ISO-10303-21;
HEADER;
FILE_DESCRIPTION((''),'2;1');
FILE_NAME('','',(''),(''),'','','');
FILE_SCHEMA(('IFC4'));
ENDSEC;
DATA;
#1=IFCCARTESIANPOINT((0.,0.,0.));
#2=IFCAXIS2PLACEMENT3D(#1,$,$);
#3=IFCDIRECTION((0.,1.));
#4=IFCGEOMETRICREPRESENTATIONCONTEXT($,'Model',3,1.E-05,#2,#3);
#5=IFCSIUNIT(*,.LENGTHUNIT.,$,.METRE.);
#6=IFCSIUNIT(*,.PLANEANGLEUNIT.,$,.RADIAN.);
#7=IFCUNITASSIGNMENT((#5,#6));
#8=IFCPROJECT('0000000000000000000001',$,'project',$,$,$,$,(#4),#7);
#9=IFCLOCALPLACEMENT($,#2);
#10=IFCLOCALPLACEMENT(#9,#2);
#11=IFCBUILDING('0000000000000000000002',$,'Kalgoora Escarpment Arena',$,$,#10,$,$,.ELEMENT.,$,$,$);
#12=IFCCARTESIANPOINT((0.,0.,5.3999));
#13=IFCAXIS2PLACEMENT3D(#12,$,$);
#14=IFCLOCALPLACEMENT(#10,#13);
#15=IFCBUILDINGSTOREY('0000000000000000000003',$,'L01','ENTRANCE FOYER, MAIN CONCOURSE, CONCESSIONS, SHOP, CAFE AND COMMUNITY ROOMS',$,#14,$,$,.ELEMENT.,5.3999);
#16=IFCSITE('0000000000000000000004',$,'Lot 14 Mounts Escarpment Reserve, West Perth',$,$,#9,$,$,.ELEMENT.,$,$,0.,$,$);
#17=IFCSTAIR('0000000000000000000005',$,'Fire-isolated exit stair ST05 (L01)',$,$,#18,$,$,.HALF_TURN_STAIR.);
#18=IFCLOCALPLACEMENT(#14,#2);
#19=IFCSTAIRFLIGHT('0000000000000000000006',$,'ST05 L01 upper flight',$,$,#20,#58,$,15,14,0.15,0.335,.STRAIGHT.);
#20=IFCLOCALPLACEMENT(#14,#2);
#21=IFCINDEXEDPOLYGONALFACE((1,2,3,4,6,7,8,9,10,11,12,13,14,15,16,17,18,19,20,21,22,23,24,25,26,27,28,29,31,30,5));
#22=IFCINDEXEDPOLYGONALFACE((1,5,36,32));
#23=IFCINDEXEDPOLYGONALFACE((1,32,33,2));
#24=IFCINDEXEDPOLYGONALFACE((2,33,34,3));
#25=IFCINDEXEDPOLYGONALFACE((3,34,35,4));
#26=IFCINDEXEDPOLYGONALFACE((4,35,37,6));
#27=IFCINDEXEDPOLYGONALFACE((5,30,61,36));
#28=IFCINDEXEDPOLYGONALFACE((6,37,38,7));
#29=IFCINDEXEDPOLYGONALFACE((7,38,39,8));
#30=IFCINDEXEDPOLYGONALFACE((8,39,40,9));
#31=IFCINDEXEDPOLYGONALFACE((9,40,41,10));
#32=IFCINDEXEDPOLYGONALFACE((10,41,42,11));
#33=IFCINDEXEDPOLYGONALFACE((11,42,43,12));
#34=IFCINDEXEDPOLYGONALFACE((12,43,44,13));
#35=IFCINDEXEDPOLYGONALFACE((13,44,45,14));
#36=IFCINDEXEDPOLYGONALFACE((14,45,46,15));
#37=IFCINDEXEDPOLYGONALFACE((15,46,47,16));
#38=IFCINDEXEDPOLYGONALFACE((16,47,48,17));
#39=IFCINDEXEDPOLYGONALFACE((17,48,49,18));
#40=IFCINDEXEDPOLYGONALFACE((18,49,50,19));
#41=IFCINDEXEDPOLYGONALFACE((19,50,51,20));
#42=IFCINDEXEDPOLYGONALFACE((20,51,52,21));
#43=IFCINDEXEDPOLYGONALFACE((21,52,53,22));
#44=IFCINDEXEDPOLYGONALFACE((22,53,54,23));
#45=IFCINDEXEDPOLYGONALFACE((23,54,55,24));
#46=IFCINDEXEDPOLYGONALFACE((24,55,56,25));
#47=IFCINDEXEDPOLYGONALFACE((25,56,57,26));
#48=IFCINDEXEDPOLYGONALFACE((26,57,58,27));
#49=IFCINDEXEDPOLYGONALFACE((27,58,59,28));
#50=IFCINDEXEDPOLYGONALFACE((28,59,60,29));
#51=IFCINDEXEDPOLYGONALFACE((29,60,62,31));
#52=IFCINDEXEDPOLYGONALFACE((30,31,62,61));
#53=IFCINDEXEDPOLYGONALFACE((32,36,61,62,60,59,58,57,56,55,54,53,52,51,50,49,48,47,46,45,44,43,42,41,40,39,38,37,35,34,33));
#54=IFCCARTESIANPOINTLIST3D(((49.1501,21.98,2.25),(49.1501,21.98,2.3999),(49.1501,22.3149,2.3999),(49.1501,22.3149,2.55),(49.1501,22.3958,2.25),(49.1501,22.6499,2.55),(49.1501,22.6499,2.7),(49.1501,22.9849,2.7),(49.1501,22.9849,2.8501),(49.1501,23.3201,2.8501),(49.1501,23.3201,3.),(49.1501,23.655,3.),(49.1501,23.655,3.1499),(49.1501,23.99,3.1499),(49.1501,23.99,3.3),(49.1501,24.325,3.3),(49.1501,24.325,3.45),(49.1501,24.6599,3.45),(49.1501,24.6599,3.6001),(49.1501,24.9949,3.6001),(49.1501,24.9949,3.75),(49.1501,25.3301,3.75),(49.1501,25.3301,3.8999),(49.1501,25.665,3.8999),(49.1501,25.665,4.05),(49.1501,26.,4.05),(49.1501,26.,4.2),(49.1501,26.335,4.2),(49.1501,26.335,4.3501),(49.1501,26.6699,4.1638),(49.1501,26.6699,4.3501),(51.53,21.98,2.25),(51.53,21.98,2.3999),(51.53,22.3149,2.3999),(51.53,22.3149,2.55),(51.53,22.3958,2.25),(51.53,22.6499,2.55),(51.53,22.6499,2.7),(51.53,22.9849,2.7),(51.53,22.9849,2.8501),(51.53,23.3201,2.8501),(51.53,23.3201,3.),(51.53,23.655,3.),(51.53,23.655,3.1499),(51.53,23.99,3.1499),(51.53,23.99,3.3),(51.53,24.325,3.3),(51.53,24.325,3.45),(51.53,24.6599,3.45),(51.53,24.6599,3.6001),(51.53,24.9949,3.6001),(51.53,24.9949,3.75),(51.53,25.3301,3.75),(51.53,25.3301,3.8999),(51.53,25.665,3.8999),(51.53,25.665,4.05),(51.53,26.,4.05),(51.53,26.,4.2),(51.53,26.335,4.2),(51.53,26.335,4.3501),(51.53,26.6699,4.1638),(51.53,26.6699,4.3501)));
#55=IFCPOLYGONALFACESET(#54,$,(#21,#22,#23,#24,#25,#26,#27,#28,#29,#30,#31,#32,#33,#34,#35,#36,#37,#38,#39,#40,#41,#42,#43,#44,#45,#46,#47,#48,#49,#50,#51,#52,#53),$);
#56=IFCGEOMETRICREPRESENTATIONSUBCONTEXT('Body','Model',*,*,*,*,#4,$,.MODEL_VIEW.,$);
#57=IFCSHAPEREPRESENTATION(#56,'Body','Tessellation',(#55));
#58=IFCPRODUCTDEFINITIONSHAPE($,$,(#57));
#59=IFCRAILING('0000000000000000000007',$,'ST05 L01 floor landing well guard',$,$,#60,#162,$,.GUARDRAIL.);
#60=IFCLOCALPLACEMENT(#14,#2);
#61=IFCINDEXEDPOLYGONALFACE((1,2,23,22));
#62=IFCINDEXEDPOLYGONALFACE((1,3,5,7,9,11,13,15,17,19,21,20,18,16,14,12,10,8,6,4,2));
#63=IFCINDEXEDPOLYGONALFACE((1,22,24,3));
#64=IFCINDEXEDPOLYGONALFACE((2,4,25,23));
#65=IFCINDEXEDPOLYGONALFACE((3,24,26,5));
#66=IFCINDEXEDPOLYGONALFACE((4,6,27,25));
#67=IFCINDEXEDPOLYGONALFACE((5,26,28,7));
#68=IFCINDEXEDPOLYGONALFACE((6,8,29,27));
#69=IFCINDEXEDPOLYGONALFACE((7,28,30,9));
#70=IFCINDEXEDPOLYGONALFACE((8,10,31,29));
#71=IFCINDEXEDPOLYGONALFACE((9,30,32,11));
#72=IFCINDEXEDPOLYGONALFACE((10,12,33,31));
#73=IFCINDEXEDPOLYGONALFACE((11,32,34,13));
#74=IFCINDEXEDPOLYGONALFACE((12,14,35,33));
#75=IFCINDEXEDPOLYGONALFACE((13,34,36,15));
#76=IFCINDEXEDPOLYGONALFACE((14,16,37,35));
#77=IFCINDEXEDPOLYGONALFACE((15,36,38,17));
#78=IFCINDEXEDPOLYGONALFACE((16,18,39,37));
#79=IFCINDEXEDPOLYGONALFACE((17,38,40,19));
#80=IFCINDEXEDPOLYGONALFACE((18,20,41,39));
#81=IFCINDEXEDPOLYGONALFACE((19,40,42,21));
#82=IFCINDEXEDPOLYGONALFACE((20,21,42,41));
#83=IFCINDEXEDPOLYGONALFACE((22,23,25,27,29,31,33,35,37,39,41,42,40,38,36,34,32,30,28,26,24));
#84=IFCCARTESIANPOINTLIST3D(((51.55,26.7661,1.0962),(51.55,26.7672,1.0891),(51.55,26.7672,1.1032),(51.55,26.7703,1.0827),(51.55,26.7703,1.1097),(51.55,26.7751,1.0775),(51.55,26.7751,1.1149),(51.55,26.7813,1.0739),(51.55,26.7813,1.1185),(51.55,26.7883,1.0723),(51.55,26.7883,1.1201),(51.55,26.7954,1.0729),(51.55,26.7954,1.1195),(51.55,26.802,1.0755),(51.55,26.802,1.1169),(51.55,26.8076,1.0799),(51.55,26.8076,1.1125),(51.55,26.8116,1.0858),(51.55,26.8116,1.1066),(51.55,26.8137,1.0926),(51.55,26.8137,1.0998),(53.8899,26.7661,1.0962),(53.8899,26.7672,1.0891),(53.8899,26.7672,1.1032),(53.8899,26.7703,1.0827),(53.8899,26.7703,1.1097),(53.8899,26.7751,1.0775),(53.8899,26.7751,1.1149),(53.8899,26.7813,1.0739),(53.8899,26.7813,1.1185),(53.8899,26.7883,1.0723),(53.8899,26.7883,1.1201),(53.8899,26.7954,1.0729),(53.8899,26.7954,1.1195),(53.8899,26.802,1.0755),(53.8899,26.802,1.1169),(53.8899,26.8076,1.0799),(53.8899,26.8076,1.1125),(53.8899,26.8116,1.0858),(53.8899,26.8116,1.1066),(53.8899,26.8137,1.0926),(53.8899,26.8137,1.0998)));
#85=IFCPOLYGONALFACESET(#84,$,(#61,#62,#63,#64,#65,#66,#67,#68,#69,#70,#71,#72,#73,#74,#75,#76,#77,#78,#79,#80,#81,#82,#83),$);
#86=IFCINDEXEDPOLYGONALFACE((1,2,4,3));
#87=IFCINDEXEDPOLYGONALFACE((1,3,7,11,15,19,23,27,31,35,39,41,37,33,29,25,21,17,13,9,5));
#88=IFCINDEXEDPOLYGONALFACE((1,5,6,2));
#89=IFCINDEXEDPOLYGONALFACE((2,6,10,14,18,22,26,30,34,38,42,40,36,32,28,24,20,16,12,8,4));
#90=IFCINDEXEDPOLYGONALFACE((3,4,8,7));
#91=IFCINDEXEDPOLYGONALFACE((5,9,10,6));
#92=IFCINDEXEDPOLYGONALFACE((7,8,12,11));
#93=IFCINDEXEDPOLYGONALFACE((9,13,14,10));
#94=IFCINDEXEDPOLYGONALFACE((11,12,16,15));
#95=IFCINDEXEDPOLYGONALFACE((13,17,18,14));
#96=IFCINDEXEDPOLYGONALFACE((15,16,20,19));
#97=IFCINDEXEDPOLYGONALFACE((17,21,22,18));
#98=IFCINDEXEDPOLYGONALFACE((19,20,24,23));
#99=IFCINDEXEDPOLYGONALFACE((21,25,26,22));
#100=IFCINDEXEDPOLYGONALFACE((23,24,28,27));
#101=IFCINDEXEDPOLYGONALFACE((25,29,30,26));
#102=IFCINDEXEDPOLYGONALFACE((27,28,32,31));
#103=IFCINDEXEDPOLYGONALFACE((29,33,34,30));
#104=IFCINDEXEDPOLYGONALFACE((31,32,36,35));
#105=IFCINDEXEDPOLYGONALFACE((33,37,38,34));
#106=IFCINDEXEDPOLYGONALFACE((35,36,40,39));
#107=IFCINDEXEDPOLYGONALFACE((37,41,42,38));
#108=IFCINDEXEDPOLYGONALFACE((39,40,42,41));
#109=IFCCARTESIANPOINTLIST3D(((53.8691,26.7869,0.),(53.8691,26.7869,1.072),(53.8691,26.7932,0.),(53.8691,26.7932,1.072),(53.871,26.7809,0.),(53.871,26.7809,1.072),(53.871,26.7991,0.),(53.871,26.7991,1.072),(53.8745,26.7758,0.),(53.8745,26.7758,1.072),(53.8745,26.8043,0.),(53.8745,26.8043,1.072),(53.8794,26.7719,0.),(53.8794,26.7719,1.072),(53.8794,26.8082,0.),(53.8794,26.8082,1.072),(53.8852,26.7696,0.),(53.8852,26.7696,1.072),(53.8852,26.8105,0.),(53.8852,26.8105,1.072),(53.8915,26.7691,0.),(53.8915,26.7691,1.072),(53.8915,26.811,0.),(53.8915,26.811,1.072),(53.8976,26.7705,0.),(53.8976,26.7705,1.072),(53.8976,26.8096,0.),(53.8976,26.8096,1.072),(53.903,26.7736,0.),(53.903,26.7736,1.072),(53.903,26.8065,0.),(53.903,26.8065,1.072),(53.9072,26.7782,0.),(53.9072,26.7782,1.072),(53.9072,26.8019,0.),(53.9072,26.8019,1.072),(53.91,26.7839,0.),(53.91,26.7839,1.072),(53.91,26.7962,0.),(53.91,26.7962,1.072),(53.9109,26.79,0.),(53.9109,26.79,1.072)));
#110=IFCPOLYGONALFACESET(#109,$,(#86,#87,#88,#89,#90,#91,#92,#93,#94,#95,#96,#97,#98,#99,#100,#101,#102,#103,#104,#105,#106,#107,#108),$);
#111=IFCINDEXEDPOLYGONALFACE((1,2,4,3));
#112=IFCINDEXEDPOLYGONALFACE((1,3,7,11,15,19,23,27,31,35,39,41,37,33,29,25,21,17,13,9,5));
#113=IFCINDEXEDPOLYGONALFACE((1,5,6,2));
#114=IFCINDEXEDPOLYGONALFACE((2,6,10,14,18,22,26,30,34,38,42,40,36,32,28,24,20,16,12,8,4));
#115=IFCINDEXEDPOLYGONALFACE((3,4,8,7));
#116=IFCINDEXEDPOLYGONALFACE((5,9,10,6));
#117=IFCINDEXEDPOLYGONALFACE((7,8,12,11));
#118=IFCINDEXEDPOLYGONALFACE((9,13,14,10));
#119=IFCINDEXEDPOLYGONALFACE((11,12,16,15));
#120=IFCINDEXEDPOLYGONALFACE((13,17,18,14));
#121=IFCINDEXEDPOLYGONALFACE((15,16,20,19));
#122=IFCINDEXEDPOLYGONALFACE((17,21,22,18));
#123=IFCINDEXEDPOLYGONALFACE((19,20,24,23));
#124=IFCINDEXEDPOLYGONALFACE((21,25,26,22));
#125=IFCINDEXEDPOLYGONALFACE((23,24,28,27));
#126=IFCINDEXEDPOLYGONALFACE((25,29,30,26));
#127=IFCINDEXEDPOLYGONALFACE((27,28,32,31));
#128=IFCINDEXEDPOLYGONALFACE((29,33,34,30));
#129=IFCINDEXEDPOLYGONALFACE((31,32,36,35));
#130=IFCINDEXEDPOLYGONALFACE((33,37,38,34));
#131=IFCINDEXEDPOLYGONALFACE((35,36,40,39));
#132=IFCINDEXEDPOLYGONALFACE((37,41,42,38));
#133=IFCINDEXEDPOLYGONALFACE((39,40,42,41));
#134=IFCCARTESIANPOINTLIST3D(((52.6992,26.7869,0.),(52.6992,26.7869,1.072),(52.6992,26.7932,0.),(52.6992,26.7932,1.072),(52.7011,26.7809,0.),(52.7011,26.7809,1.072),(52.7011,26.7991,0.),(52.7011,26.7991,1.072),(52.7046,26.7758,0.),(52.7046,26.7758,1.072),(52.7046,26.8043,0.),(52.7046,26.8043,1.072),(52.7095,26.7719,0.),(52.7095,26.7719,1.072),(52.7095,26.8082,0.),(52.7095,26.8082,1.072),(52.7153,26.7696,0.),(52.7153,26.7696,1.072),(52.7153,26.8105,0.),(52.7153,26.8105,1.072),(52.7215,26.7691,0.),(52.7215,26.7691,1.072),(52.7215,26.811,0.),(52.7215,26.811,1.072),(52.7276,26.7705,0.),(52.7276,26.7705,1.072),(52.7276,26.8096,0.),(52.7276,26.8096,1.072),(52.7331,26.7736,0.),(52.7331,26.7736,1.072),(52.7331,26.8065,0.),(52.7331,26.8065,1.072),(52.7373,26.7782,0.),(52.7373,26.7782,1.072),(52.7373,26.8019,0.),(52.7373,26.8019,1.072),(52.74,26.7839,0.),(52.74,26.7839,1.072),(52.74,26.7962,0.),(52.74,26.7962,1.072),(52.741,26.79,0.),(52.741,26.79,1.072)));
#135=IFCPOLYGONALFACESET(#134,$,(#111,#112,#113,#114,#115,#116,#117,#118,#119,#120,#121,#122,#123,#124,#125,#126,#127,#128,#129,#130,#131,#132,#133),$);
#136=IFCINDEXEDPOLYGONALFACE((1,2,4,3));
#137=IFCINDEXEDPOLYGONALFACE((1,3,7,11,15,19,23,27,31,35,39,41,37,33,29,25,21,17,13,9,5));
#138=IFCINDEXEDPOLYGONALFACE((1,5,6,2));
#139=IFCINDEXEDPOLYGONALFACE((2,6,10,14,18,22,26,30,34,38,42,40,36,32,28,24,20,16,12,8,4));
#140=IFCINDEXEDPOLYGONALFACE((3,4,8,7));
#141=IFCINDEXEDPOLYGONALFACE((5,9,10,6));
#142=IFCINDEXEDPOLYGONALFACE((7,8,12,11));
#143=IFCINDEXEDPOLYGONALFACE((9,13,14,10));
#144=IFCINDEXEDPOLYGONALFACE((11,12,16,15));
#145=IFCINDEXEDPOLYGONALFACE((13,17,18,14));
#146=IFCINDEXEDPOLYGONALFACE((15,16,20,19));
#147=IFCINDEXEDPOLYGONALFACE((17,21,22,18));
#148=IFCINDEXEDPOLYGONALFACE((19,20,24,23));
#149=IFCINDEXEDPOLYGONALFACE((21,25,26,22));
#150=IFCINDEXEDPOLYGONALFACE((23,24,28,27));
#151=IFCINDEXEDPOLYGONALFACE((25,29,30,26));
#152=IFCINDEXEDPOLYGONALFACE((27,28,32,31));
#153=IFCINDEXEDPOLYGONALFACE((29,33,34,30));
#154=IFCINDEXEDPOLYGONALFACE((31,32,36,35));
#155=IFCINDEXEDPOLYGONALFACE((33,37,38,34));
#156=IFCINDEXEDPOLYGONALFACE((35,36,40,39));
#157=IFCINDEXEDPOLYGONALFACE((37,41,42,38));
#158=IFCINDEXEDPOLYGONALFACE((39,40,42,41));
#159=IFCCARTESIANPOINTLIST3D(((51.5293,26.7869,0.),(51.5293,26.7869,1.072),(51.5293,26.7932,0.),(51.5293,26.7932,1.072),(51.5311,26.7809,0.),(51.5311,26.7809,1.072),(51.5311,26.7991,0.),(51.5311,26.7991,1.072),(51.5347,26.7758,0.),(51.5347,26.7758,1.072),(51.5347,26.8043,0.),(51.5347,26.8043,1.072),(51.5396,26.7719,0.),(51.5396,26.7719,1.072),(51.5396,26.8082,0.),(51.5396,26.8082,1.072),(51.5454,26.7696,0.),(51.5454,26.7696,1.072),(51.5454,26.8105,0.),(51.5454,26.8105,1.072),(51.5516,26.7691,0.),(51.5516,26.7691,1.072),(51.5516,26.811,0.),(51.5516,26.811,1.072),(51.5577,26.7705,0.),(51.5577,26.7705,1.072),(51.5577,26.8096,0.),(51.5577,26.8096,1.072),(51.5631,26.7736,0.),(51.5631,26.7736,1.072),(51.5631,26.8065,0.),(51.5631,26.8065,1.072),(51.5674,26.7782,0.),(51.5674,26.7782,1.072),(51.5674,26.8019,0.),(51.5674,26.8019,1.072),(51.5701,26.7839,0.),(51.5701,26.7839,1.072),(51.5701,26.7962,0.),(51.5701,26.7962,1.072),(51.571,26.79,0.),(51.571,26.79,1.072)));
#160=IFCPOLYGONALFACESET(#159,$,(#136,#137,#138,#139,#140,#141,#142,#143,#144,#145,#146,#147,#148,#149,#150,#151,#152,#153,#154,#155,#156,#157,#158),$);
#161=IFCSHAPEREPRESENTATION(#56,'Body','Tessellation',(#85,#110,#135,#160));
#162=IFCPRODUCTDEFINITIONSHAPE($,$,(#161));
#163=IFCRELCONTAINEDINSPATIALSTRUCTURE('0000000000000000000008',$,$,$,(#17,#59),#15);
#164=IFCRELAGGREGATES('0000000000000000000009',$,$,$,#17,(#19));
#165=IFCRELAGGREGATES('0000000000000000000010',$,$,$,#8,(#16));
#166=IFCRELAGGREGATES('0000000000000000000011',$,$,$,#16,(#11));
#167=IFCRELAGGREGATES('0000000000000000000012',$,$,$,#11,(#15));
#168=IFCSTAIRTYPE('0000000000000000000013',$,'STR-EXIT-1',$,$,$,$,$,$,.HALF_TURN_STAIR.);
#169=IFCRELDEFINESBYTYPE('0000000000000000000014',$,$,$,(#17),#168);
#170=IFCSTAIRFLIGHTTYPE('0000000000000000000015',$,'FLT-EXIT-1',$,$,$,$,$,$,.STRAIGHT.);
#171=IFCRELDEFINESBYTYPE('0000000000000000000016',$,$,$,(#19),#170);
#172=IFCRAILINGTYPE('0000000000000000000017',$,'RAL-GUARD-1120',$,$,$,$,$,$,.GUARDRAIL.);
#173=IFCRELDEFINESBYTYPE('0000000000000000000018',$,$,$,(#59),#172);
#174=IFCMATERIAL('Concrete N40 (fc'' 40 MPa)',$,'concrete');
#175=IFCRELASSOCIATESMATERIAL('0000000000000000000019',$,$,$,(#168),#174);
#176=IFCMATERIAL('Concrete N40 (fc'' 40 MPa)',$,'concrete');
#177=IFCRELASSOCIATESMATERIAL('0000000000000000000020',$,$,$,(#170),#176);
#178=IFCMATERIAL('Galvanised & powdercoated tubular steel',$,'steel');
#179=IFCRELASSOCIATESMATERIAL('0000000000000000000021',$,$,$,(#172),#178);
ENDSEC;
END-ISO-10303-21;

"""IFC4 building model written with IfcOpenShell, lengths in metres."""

from ifc_helpers import new_model, si_unit, direction, frame, origin, origin_2d, place, context, subcontext, project, spatial, polyline, circle, outline, extrude, material, type_object, element, aggregate, save


model = new_model("IFC4")

# Units and contexts
model_context = context("Model", 3, precision=1e-05, world=origin(), true_north=direction((0.0, 1.0)))
body_context = subcontext(model_context, "Body", "Model", "MODEL_VIEW")
ifc_project = project(units=[si_unit("LENGTHUNIT", "METRE"), si_unit("PLANEANGLEUNIT", "RADIAN")], contexts=[model_context])

# Site, building, storey
site_placement = place(None, origin())
site = spatial("IfcSite", under=ifc_project, at=site_placement, Name="Lot 14 Mounts Escarpment Reserve, West Perth", CompositionType="ELEMENT", RefElevation=0.0)
building_placement = place(site_placement, origin())
building = spatial("IfcBuilding", under=site, at=building_placement, Name="Kalgoora Escarpment Arena", CompositionType="ELEMENT")
storey_placement = place(building_placement, frame((0.0, 0.0, 5.3999)))
storey = spatial("IfcBuildingStorey", under=building, at=storey_placement, Name="L01", Description="ENTRANCE FOYER, MAIN CONCOURSE, CONCESSIONS, SHOP, CAFE AND COMMUNITY ROOMS", CompositionType="ELEMENT", Elevation=5.3999)

# Stair, stair flight
ifc_material_1 = material(Name="Concrete N40 (fc' 40 MPa)", Category="concrete")
stair_type = type_object("IfcStairType", Name="STR-EXIT-1", PredefinedType="HALF_TURN_STAIR", material=ifc_material_1)
stair_placement = place(storey_placement, origin())
stair = element("IfcStair", 1, at=stair_placement, inside=storey, type_object=stair_type, Name="Fire-isolated exit stair ST05 (L01)", PredefinedType="HALF_TURN_STAIR")
ifc_material_2 = material(Name="Concrete N40 (fc' 40 MPa)", Category="concrete")
stair_flight_type = type_object("IfcStairFlightType", Name="FLT-EXIT-1", PredefinedType="STRAIGHT", material=ifc_material_2)
stair_flight_1_placement = place(storey_placement, frame((50.3401, 21.98, 2.25), z_axis=(0.0, 0.0, 1.0), x_axis=(0.0, 1.0, 0.0)))
stair_flight_1 = element("IfcStairFlight", 2, at=stair_flight_1_placement, type_object=stair_flight_type, Name="ST05 L01 upper flight", NumberOfRisers=15, NumberOfTreads=14, PredefinedType="STRAIGHT", RiserHeight=0.15, TreadLength=0.335, context=body_context, shape_type="SweptSolid", body=[
    extrude(outline(polyline([(0.0, 0.0), (0.0, 0.1499), (0.335, 0.1499), (0.335, 0.3), (0.6699, 0.3), (0.6699, 0.45), (1.0049, 0.45), (1.0049, 0.6001), (1.3401, 0.6001), (1.3401, 0.75), (1.675, 0.75), (1.675, 0.8999), (2.01, 0.8999), (2.01, 1.05), (2.345, 1.05), (2.345, 1.2), (2.6799, 1.2), (2.6799, 1.3501), (3.0149, 1.3501), (3.0149, 1.5), (3.3501, 1.5), (3.3501, 1.6499), (3.6851, 1.6499), (3.6851, 1.8), (4.02, 1.8), (4.02, 1.95), (4.355, 1.95), (4.355, 2.1001), (4.6899, 2.1001), (4.6899, 2.25), (4.6899, 1.9138), (0.4158, 0.0), (0.0, 0.0)])), frame((0.0, 1.1899, 0.0), z_axis=(0.0, -1.0, 0.0), x_axis=(1.0, 0.0, 0.0)), (0.0, 0.0, 1.0), 2.3799),
])
aggregate(stair, [stair_flight_1])

# Railing
ifc_material_3 = material(Name="Galvanised & powdercoated tubular steel", Category="steel")
railing_type_1 = type_object("IfcRailingType", Name="RAL-GUARD-1120", PredefinedType="GUARDRAIL", material=ifc_material_3)
railing_placement = place(storey_placement, frame((53.8899, 26.79, 0.0)))
element("IfcRailing", 3, at=railing_placement, inside=storey, type_object=railing_type_1, Name="ST05 L01 floor landing well guard", PredefinedType="GUARDRAIL", context=body_context, shape_type="SweptSolid", body=[
    extrude(circle(Radius=0.0239, at=origin_2d()), frame((0.0, 0.0, 1.0962), z_axis=(-1.0, 0.0, 0.0), x_axis=(0.0, -1.0, 0.0)), (0.0, 0.0, 1.0), 2.3398),
    extrude(circle(Radius=0.021, at=origin_2d()), origin(), (0.0, 0.0, 1.0), 1.072),
    extrude(circle(Radius=0.021, at=origin_2d()), frame((-1.1699, 0.0, 0.0)), (0.0, 0.0, 1.0), 1.072),
    extrude(circle(Radius=0.021, at=origin_2d()), frame((-2.3398, 0.0, 0.0)), (0.0, 0.0, 1.0), 1.072),
])

save(model, "model.ifc")
